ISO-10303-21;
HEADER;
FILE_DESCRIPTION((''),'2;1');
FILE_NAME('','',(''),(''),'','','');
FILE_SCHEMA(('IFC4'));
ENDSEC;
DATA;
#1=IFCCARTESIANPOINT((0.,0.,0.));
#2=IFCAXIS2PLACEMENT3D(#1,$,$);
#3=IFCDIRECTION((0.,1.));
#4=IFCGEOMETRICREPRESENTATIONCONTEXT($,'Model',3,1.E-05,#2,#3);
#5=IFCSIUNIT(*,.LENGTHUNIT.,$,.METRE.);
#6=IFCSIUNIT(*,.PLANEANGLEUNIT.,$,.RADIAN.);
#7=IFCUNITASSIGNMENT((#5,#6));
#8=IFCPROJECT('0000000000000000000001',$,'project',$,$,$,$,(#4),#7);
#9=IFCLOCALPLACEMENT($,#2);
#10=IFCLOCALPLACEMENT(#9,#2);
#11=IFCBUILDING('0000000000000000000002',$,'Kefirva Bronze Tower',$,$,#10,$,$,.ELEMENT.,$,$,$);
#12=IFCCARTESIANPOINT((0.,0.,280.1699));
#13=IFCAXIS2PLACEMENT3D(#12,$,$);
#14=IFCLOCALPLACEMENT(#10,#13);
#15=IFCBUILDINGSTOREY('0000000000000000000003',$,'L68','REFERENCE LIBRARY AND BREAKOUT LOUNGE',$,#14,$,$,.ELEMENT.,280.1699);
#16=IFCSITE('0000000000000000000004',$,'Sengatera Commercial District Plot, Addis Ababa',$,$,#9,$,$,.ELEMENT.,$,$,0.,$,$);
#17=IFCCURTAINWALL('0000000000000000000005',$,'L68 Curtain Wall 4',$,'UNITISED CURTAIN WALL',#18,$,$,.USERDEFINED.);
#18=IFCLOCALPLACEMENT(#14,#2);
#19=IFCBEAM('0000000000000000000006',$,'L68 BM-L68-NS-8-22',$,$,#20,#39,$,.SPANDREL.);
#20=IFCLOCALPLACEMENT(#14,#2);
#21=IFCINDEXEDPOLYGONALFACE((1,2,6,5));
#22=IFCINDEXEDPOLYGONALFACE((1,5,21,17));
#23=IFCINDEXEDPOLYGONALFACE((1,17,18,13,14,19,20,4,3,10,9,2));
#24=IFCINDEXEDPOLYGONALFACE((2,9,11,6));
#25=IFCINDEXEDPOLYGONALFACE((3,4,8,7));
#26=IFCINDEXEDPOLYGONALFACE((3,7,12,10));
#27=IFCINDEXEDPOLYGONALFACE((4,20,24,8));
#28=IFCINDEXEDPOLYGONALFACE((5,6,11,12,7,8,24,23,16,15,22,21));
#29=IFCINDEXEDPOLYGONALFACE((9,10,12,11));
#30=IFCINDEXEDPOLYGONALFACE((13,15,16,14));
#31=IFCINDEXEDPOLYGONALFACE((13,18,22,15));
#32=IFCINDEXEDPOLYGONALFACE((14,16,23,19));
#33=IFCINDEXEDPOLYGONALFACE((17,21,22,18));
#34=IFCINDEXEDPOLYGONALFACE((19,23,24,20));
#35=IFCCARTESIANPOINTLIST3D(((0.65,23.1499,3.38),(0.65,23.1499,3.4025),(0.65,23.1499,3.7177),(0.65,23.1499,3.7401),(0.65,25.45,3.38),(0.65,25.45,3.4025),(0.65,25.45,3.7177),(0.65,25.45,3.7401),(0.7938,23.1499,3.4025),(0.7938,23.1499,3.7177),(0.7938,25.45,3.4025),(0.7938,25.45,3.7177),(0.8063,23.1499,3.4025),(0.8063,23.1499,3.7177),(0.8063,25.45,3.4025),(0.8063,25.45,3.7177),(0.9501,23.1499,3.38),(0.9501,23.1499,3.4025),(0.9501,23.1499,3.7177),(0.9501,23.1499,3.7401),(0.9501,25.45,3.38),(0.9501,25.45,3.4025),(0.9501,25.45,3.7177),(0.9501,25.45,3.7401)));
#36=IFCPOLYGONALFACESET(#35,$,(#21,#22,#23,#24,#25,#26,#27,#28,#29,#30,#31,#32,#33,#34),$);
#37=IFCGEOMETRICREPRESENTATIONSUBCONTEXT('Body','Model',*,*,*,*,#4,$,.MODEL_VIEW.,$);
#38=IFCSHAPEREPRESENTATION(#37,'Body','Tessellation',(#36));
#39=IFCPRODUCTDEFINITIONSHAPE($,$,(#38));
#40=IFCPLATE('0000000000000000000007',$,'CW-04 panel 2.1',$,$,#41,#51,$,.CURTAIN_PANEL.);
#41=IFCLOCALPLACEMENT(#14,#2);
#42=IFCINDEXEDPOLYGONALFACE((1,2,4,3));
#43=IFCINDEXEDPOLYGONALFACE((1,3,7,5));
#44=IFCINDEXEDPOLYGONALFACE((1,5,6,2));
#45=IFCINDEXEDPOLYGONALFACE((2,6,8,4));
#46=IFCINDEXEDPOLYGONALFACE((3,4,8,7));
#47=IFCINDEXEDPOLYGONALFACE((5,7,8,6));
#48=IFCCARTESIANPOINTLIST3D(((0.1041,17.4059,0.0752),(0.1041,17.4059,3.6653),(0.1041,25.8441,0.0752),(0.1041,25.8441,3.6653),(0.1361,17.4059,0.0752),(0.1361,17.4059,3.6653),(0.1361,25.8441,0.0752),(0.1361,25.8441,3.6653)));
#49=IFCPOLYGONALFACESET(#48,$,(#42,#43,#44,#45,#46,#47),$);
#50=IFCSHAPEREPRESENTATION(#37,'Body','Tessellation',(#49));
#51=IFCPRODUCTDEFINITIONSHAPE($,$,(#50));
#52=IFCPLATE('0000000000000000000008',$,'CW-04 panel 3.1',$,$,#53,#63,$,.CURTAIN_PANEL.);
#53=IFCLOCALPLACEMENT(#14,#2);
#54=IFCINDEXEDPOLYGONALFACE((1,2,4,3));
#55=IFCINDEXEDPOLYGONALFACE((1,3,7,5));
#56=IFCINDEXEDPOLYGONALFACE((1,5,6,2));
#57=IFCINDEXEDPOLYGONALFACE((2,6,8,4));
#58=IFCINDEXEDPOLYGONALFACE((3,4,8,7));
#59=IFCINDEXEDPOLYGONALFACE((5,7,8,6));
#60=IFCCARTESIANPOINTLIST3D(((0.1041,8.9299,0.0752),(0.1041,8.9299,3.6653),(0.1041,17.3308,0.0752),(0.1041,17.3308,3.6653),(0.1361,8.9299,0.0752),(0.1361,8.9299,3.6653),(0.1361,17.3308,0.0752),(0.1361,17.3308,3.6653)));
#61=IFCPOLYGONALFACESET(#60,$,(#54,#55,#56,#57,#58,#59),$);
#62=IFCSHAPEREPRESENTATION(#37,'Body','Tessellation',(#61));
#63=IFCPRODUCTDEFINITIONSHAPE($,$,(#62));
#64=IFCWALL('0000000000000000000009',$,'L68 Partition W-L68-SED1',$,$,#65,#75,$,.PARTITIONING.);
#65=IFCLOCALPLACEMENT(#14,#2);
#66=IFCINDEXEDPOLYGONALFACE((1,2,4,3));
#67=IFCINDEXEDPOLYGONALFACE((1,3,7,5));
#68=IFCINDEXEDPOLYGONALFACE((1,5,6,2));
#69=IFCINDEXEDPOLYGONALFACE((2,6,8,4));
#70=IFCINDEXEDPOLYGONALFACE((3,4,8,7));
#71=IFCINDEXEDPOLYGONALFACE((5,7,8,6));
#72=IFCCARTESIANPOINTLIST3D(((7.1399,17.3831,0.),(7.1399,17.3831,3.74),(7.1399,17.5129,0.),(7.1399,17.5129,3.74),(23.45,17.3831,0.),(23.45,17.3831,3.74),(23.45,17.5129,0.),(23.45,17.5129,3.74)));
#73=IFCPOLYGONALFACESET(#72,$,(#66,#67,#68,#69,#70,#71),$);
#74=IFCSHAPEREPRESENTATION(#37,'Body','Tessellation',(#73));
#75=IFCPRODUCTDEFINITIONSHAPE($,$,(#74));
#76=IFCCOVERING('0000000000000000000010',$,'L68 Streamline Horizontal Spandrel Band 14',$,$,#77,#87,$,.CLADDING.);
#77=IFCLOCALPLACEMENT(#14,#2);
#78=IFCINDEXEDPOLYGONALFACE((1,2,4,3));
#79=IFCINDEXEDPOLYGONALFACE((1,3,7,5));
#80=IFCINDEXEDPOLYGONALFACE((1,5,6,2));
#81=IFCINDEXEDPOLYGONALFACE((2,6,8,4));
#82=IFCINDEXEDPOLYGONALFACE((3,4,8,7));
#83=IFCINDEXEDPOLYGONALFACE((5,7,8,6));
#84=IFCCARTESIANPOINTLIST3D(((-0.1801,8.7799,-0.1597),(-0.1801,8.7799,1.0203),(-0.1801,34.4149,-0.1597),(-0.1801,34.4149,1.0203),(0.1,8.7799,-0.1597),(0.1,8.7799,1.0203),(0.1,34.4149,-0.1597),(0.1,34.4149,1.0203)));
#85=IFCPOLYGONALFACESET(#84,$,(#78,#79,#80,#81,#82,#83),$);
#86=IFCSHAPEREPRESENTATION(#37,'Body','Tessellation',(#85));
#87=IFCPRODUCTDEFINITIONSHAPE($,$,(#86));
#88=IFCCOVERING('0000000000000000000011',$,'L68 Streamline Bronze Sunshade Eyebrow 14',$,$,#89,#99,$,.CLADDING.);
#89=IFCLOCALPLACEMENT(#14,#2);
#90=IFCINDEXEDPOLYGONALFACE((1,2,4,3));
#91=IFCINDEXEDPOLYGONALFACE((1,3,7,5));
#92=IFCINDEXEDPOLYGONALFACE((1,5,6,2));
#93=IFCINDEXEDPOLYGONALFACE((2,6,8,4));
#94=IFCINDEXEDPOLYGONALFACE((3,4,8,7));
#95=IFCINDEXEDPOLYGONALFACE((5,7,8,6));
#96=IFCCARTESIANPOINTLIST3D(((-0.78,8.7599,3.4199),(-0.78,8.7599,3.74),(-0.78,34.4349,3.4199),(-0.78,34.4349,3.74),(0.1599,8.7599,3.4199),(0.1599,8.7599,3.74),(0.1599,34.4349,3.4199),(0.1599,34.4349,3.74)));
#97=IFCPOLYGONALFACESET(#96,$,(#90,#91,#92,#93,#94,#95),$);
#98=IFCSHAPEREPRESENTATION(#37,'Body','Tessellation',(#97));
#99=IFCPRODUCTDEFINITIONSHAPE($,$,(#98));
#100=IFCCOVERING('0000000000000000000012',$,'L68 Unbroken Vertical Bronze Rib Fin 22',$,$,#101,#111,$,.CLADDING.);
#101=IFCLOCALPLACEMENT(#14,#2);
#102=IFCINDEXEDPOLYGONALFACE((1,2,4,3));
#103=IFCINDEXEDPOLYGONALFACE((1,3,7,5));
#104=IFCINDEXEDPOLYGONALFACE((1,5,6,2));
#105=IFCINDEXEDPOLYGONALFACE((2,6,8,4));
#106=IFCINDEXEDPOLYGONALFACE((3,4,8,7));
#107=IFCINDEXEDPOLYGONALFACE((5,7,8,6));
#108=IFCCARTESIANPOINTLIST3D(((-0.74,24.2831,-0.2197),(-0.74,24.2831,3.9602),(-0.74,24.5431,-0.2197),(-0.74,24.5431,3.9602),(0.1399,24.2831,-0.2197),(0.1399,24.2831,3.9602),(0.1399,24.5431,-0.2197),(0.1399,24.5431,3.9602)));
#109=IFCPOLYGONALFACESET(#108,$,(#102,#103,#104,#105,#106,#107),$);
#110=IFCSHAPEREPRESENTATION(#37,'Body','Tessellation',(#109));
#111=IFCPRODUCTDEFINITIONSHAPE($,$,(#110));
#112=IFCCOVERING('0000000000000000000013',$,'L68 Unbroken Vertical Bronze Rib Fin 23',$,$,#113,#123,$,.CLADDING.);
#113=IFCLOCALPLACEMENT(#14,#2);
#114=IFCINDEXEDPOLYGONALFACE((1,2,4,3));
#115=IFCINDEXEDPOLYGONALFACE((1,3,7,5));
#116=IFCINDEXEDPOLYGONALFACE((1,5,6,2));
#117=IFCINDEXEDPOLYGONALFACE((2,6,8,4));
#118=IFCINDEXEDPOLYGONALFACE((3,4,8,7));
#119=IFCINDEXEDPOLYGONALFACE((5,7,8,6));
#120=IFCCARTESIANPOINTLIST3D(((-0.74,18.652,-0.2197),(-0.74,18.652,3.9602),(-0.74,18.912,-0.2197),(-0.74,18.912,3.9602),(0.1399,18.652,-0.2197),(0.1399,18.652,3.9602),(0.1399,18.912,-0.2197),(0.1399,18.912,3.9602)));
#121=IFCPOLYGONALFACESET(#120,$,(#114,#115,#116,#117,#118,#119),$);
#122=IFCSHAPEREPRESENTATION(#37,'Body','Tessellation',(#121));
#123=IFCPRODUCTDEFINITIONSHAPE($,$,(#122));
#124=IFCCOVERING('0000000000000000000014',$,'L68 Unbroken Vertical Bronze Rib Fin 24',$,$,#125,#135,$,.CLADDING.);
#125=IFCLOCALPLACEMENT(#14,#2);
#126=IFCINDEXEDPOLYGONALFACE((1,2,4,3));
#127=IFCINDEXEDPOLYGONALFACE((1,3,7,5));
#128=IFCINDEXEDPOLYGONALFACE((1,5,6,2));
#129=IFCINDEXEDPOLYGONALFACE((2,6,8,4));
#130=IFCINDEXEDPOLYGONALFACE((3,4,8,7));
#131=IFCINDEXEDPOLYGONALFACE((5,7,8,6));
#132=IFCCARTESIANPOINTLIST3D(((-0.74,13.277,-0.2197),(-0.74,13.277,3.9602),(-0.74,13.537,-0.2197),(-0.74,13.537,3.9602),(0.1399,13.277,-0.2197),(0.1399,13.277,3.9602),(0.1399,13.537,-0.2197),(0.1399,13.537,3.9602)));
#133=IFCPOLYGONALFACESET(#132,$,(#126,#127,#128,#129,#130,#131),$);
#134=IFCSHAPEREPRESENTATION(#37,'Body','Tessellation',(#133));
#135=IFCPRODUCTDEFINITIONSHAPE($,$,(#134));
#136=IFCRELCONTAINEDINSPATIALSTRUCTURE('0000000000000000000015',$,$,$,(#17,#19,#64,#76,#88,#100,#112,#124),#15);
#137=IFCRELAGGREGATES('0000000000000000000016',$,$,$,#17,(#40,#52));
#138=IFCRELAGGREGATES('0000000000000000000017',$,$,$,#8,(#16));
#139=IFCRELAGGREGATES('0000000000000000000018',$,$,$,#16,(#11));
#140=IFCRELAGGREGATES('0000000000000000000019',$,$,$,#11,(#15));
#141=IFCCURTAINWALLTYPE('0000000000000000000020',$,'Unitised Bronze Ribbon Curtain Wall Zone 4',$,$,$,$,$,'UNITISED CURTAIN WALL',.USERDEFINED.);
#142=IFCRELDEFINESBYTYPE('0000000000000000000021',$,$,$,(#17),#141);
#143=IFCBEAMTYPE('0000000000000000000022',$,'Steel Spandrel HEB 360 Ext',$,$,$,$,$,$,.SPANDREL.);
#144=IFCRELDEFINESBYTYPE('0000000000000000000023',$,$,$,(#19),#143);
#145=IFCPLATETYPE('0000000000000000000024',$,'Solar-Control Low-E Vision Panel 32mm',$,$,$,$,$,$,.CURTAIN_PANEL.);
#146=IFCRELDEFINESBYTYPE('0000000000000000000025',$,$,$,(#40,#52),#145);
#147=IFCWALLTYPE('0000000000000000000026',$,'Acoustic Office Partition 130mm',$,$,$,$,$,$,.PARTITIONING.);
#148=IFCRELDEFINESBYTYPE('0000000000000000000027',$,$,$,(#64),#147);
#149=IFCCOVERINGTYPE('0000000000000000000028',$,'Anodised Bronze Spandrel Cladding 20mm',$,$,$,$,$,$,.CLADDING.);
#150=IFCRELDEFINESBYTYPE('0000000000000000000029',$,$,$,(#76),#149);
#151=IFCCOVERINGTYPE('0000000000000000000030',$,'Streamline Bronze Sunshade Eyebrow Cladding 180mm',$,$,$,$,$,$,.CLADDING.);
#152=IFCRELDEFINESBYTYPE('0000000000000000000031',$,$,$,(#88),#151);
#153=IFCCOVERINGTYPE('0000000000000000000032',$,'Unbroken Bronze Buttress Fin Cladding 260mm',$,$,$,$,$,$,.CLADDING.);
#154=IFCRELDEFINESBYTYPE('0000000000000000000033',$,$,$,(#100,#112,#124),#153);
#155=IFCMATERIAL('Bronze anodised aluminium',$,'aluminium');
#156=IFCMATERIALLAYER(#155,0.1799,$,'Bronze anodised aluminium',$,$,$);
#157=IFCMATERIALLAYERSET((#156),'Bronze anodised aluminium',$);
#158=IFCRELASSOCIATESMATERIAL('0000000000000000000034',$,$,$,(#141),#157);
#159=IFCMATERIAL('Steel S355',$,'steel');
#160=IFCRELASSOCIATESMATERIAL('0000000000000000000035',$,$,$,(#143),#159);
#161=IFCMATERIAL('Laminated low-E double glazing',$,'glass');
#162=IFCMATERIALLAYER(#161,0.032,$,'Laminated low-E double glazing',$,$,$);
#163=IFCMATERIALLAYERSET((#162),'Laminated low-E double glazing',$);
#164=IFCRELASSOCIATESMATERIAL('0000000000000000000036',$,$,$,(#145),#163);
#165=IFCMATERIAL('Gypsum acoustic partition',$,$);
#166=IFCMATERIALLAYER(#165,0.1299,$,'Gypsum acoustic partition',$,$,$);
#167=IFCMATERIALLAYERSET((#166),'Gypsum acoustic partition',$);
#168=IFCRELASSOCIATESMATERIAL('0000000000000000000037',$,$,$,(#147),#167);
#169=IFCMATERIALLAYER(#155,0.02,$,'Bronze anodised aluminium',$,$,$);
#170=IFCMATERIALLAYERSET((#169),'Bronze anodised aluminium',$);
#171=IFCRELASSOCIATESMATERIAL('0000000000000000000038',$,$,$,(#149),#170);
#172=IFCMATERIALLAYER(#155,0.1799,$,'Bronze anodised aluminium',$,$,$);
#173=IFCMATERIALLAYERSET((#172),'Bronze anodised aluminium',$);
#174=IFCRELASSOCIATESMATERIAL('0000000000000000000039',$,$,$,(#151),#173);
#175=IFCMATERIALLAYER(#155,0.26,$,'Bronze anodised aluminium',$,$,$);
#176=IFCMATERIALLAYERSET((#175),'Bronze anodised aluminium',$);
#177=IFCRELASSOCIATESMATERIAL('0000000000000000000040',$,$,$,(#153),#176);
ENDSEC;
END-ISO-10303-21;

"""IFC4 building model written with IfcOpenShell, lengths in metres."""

from ifc_helpers import new_model, si_unit, direction, frame, frame_2d, origin, origin_2d, place, context, subcontext, project, spatial, rectangle, i_section, extrude, material, layer, layer_set, material_profile, profile_set, type_object, element, aggregate, save


model = new_model("IFC4")

# Units and contexts
model_context = context("Model", 3, precision=1e-05, world=origin(), true_north=direction((0.0, 1.0)))
body_context = subcontext(model_context, "Body", "Model", "MODEL_VIEW")
ifc_project = project(units=[si_unit("LENGTHUNIT", "METRE"), si_unit("PLANEANGLEUNIT", "RADIAN")], contexts=[model_context])

# Site, building, storey
site_placement = place(None, origin())
site = spatial("IfcSite", under=ifc_project, at=site_placement, Name="Sengatera Commercial District Plot, Addis Ababa", CompositionType="ELEMENT", RefElevation=0.0)
building_placement = place(site_placement, origin())
building = spatial("IfcBuilding", under=site, at=building_placement, Name="Kefirva Bronze Tower", CompositionType="ELEMENT")
storey_placement = place(building_placement, frame((0.0, 0.0, 280.1699)))
storey = spatial("IfcBuildingStorey", under=building, at=storey_placement, Name="L68", Description="REFERENCE LIBRARY AND BREAKOUT LOUNGE", CompositionType="ELEMENT", Elevation=280.1699)

# Curtain wall
ifc_material_1 = material(Name="Bronze anodised aluminium", Category="aluminium")
ifc_layer_1 = layer(ifc_material_1, 0.1799, Name="Bronze anodised aluminium")
ifc_layer_set_1 = layer_set([ifc_layer_1], Name="Bronze anodised aluminium")
curtain_wall_type = type_object("IfcCurtainWallType", Name="Unitised Bronze Ribbon Curtain Wall Zone 4", ElementType="UNITISED CURTAIN WALL", PredefinedType="USERDEFINED", material=ifc_layer_set_1)
curtain_wall_placement = place(storey_placement, origin())
curtain_wall = element("IfcCurtainWall", 1, at=curtain_wall_placement, inside=storey, type_object=curtain_wall_type, Name="L68 Curtain Wall 4", ObjectType="UNITISED CURTAIN WALL", PredefinedType="USERDEFINED")

# Beam
ifc_material_2 = material(Name="Steel S355", Category="steel")
ifc_material_profile_1 = material_profile(ifc_material_2, i_section(OverallWidth=0.3, OverallDepth=0.3601, WebThickness=0.0125, FlangeThickness=0.0225, at=origin_2d()), Name="HEB 360")
ifc_profile_set_1 = profile_set([ifc_material_profile_1], Name="Steel S355")
beam_type_1 = type_object("IfcBeamType", Name="Steel Spandrel HEB 360 Ext", PredefinedType="SPANDREL", material=ifc_profile_set_1)
beam_1_placement = place(storey_placement, frame((0.8, 23.1499, 3.5601), z_axis=(0.0, 1.0, 0.0), x_axis=(-1.0, 0.0, 0.0)))
element("IfcBeam", 2, at=beam_1_placement, inside=storey, type_object=beam_type_1, Name="L68 BM-L68-NS-8-22", PredefinedType="SPANDREL", context=body_context, shape_type="SweptSolid", body=[
    extrude(i_section(OverallWidth=0.3, OverallDepth=0.3601, WebThickness=0.0125, FlangeThickness=0.0225, at=origin_2d()), origin(), (0.0, 0.0, 1.0), 2.3),
])

# Plates
ifc_material_3 = material(Name="Laminated low-E double glazing", Category="glass")
ifc_layer_2 = layer(ifc_material_3, 0.032, Name="Laminated low-E double glazing")
ifc_layer_set_2 = layer_set([ifc_layer_2], Name="Laminated low-E double glazing")
plate_type = type_object("IfcPlateType", Name="Solar-Control Low-E Vision Panel 32mm", PredefinedType="CURTAIN_PANEL", material=ifc_layer_set_2)
plate_1_placement = place(storey_placement, frame((0.1201, 21.625, 0.0752), z_axis=(0.0, 0.0, 1.0), x_axis=(0.0, -1.0, 0.0)))
plate_1 = element("IfcPlate", 3, at=plate_1_placement, type_object=plate_type, Name="CW-04 panel 2.1", PredefinedType="CURTAIN_PANEL", context=body_context, shape_type="SweptSolid", body=[
    extrude(rectangle(XDim=8.4382, YDim=0.032, at=origin_2d()), origin(), (0.0, 0.0, 1.0), 3.5901),
])
plate_2_placement = place(storey_placement, frame((0.1201, 13.1304, 0.0752), z_axis=(0.0, 0.0, 1.0), x_axis=(0.0, -1.0, 0.0)))
plate_2 = element("IfcPlate", 4, at=plate_2_placement, type_object=plate_type, Name="CW-04 panel 3.1", PredefinedType="CURTAIN_PANEL", context=body_context, shape_type="SweptSolid", body=[
    extrude(rectangle(XDim=8.4009, YDim=0.032, at=origin_2d()), origin(), (0.0, 0.0, 1.0), 3.5901),
])
aggregate(curtain_wall, [plate_1, plate_2])

# Wall
ifc_material_4 = material(Name="Gypsum acoustic partition")
ifc_layer_3 = layer(ifc_material_4, 0.1299, Name="Gypsum acoustic partition")
ifc_layer_set_3 = layer_set([ifc_layer_3], Name="Gypsum acoustic partition")
wall_type = type_object("IfcWallType", Name="Acoustic Office Partition 130mm", PredefinedType="PARTITIONING", material=ifc_layer_set_3)
wall_placement = place(storey_placement, frame((7.1399, 17.448, 0.0), z_axis=(0.0, 0.0, 1.0), x_axis=(1.0, 0.0, 0.0)))
element("IfcWall", 5, at=wall_placement, inside=storey, type_object=wall_type, Name="L68 Partition W-L68-SED1", PredefinedType="PARTITIONING", context=body_context, shape_type="SweptSolid", body=[
    extrude(rectangle(XDim=16.3101, YDim=0.1299, at=frame_2d((8.155, 0.0))), origin(), (0.0, 0.0, 1.0), 3.74),
])

# Coverings
ifc_layer_4 = layer(ifc_material_1, 0.02, Name="Bronze anodised aluminium")
ifc_layer_set_4 = layer_set([ifc_layer_4], Name="Bronze anodised aluminium")
covering_type_1 = type_object("IfcCoveringType", Name="Anodised Bronze Spandrel Cladding 20mm", PredefinedType="CLADDING", material=ifc_layer_set_4)
covering_1_placement = place(storey_placement, frame((-0.04, 21.5974, -0.1597), z_axis=(0.0, 0.0, 1.0), x_axis=(0.0, -1.0, 0.0)))
element("IfcCovering", 6, at=covering_1_placement, inside=storey, type_object=covering_type_1, Name="L68 Streamline Horizontal Spandrel Band 14", PredefinedType="CLADDING", context=body_context, shape_type="SweptSolid", body=[
    extrude(rectangle(XDim=25.635, YDim=0.28, at=origin_2d()), origin(), (0.0, 0.0, 1.0), 1.1799),
])
ifc_layer_5 = layer(ifc_material_1, 0.1799, Name="Bronze anodised aluminium")
ifc_layer_set_5 = layer_set([ifc_layer_5], Name="Bronze anodised aluminium")
covering_type_2 = type_object("IfcCoveringType", Name="Streamline Bronze Sunshade Eyebrow Cladding 180mm", PredefinedType="CLADDING", material=ifc_layer_set_5)
covering_2_placement = place(storey_placement, frame((-0.3101, 21.5974, 3.4199), z_axis=(0.0, 0.0, 1.0), x_axis=(0.0, -1.0, 0.0)))
element("IfcCovering", 7, at=covering_2_placement, inside=storey, type_object=covering_type_2, Name="L68 Streamline Bronze Sunshade Eyebrow 14", PredefinedType="CLADDING", context=body_context, shape_type="SweptSolid", body=[
    extrude(rectangle(XDim=25.675, YDim=0.9399, at=origin_2d()), origin(), (0.0, 0.0, 1.0), 0.3201),
])
ifc_layer_6 = layer(ifc_material_1, 0.26, Name="Bronze anodised aluminium")
ifc_layer_set_6 = layer_set([ifc_layer_6], Name="Bronze anodised aluminium")
covering_type_3 = type_object("IfcCoveringType", Name="Unbroken Bronze Buttress Fin Cladding 260mm", PredefinedType="CLADDING", material=ifc_layer_set_6)
for number, where, z_axis, x_axis, name in (
    (8, (-0.3, 24.4131, -0.2197), (0.0, 0.0, 1.0), (0.0, -1.0, 0.0), "L68 Unbroken Vertical Bronze Rib Fin 22"),
    (9, (-0.3, 18.782, -0.2197), (0.0, 0.0, 1.0), (0.0, -1.0, 0.0), "L68 Unbroken Vertical Bronze Rib Fin 23"),
    (10, (-0.3, 13.407, -0.2197), (0.0, 0.0, 1.0), (0.0, -1.0, 0.0), "L68 Unbroken Vertical Bronze Rib Fin 24"),
):
    element("IfcCovering", number, at=place(storey_placement, frame(where, z_axis=z_axis, x_axis=x_axis)), inside=storey, type_object=covering_type_3, Name=name, PredefinedType="CLADDING", context=body_context, shape_type="SweptSolid", body=[
        extrude(rectangle(XDim=0.26, YDim=0.8799, at=origin_2d()), origin(), (0.0, 0.0, 1.0), 4.1799),
    ])

save(model, "model.ifc")
